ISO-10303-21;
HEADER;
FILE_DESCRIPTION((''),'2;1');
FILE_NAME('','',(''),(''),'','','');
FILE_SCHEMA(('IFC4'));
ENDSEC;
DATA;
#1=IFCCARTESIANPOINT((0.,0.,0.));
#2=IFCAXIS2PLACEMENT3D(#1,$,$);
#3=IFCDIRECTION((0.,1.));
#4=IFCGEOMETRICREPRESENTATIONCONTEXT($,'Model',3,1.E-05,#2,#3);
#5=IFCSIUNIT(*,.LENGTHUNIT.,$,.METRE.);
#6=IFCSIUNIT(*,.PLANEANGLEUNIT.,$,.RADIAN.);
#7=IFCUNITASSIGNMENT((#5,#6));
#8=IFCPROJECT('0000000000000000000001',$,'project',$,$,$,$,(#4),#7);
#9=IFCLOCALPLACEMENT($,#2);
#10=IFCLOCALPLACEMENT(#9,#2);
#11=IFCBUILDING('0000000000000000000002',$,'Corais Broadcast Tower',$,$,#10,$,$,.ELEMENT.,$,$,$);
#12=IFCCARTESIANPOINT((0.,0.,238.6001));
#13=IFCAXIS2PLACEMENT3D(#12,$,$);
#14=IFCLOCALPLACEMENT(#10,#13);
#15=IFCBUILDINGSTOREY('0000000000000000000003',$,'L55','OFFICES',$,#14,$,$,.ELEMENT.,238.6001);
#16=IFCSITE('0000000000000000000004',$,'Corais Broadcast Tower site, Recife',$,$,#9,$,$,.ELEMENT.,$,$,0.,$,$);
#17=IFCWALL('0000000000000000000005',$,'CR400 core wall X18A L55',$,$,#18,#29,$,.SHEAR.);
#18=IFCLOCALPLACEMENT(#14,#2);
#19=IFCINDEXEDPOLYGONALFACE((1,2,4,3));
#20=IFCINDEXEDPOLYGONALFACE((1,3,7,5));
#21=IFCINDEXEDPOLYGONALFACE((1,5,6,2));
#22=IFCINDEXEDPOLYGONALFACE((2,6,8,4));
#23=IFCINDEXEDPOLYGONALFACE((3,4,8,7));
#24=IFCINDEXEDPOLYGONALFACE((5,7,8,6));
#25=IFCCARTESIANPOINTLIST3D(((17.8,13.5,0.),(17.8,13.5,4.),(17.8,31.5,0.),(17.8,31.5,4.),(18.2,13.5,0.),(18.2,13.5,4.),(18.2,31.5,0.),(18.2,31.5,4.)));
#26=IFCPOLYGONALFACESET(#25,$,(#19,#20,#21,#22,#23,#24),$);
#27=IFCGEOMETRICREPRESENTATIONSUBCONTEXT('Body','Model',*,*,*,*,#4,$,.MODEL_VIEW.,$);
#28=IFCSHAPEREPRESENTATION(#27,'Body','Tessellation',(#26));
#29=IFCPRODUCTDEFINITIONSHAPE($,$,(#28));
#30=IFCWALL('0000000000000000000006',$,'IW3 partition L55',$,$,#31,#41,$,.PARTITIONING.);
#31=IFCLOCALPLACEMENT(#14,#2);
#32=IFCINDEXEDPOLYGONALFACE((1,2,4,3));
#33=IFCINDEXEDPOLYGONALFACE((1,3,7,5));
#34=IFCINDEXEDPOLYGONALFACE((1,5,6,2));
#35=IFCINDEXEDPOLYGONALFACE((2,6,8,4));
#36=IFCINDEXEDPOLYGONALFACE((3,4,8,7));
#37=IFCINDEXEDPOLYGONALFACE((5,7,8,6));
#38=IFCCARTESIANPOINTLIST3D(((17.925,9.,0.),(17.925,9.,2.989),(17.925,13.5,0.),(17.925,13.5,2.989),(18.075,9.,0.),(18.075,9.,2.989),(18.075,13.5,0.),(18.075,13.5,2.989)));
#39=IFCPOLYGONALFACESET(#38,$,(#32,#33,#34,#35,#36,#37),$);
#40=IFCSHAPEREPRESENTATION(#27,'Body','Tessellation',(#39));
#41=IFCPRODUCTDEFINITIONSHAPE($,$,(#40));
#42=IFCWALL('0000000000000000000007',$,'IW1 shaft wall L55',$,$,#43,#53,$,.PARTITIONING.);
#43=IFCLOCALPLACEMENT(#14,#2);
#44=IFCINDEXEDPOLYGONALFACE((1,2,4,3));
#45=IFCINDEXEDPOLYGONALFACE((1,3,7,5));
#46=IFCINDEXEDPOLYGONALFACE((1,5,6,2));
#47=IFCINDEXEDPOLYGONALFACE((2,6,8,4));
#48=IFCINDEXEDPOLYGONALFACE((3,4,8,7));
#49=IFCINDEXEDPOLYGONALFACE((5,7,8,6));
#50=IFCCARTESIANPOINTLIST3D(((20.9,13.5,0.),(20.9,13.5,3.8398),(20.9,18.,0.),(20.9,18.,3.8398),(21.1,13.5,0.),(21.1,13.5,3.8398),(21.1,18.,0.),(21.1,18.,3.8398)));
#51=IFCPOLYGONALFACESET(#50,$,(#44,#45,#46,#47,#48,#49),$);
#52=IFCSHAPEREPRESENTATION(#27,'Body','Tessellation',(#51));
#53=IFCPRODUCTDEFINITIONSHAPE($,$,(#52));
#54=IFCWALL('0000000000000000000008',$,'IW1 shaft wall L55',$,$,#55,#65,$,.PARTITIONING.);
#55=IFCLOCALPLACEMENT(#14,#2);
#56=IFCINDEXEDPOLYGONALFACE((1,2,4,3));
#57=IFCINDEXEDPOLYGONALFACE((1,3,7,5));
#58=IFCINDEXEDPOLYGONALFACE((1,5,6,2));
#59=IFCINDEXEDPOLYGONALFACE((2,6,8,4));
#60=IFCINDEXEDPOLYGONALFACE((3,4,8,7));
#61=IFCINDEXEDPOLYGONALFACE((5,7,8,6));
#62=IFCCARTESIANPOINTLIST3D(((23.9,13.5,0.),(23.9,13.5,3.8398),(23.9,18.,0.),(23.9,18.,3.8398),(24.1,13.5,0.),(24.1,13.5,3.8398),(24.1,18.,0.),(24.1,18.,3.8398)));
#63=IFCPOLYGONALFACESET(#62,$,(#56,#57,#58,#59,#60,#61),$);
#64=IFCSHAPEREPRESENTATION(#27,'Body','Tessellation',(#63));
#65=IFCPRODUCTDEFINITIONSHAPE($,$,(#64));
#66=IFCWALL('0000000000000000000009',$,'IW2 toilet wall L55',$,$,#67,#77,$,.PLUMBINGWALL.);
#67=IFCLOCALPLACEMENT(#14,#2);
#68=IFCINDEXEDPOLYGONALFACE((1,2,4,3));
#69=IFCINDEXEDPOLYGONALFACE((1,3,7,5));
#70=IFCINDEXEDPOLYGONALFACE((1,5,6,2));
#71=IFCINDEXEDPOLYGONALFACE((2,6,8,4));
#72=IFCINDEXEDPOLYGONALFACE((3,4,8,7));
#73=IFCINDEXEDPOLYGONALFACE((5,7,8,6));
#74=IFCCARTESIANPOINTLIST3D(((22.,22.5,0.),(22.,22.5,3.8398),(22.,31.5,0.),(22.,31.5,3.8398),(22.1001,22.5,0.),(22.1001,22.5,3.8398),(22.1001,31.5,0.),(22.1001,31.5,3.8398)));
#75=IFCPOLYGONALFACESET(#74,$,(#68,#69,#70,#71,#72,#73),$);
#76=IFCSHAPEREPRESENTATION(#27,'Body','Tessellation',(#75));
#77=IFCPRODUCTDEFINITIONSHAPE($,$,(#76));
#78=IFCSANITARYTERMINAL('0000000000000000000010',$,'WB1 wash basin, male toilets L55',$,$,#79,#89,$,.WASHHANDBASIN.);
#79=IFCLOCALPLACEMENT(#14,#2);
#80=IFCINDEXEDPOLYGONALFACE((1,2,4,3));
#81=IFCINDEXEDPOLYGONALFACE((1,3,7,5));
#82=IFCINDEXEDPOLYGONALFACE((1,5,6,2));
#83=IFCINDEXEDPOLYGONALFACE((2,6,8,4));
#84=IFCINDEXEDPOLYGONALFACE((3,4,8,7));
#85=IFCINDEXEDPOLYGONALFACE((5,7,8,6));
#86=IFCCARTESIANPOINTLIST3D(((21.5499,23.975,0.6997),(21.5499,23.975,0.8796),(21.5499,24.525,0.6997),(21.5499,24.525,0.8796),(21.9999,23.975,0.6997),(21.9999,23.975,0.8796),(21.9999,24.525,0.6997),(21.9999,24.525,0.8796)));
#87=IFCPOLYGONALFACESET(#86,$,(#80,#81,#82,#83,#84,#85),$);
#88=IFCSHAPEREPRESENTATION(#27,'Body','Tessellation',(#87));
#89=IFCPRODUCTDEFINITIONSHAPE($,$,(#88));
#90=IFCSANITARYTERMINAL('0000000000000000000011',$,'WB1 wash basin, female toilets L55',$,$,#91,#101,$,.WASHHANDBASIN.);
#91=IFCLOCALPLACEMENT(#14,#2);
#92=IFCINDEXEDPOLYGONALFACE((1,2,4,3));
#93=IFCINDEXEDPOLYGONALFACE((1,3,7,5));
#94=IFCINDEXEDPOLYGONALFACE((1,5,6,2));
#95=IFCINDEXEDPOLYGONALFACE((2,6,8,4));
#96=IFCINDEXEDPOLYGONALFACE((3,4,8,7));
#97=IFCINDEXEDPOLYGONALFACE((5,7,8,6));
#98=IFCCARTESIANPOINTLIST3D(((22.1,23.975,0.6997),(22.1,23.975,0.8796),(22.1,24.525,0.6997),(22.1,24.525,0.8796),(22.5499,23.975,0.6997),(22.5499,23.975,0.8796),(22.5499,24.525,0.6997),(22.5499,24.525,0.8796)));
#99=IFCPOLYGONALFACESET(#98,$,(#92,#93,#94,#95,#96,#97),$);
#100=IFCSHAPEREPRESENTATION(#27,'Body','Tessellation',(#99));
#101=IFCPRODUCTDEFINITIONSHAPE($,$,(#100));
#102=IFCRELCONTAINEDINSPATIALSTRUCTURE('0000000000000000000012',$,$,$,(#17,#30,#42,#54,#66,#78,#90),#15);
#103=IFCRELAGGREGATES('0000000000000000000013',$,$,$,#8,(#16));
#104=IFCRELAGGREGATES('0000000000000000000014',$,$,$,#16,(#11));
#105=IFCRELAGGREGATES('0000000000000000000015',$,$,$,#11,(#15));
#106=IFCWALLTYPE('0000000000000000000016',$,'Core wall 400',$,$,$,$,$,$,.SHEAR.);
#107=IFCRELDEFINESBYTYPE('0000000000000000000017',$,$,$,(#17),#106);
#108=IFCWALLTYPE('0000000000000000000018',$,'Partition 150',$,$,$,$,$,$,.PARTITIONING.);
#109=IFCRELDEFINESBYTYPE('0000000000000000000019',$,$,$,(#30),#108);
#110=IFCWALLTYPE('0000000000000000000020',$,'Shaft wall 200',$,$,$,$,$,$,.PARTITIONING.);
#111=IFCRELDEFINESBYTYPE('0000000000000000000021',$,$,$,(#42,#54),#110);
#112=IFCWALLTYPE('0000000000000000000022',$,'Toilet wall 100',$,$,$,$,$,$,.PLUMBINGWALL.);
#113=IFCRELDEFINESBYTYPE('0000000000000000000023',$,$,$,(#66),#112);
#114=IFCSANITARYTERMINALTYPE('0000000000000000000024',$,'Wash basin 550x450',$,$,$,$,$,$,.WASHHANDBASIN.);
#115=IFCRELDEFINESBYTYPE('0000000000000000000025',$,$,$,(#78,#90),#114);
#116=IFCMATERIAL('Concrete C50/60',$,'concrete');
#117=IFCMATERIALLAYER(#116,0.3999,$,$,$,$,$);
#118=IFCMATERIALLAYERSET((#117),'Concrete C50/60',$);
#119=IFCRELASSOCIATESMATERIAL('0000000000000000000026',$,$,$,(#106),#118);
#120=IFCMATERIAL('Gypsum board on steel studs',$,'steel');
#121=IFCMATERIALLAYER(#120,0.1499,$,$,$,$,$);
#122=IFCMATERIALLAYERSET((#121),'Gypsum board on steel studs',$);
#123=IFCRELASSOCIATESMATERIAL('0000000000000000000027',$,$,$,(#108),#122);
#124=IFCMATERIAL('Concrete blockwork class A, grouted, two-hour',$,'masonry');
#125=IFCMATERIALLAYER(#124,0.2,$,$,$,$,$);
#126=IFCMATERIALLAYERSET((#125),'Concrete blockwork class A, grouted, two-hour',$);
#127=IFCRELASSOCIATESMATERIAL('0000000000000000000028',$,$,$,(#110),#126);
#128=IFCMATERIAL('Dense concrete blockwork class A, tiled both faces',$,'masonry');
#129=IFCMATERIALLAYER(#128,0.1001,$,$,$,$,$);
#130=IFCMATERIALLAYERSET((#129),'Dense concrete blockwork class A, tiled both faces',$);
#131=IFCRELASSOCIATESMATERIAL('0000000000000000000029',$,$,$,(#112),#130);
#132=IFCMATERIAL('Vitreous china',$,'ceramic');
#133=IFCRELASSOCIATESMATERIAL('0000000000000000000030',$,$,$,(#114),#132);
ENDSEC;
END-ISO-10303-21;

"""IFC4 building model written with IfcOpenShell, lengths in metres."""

from ifc_helpers import new_model, si_unit, direction, frame, frame_2d, origin, origin_2d, place, context, subcontext, project, spatial, rectangle, extrude, material, layer, layer_set, type_object, element, save


model = new_model("IFC4")

# Units and contexts
model_context = context("Model", 3, precision=1e-05, world=origin(), true_north=direction((0.0, 1.0)))
body_context = subcontext(model_context, "Body", "Model", "MODEL_VIEW")
ifc_project = project(units=[si_unit("LENGTHUNIT", "METRE"), si_unit("PLANEANGLEUNIT", "RADIAN")], contexts=[model_context])

# Site, building, storey
site_placement = place(None, origin())
site = spatial("IfcSite", under=ifc_project, at=site_placement, Name="Corais Broadcast Tower site, Recife", CompositionType="ELEMENT", RefElevation=0.0)
building_placement = place(site_placement, origin())
building = spatial("IfcBuilding", under=site, at=building_placement, Name="Corais Broadcast Tower", CompositionType="ELEMENT")
storey_placement = place(building_placement, frame((0.0, 0.0, 238.6001)))
storey = spatial("IfcBuildingStorey", under=building, at=storey_placement, Name="L55", Description="OFFICES", CompositionType="ELEMENT", Elevation=238.6001)

# Walls
ifc_material_1 = material(Name="Concrete C50/60", Category="concrete")
ifc_layer_1 = layer(ifc_material_1, 0.3999)
ifc_layer_set_1 = layer_set([ifc_layer_1], Name="Concrete C50/60")
wall_type_1 = type_object("IfcWallType", Name="Core wall 400", PredefinedType="SHEAR", material=ifc_layer_set_1)
wall_1_placement = place(storey_placement, frame((18.0, 13.5, 0.0), z_axis=(0.0, 0.0, 1.0), x_axis=(0.0, 1.0, 0.0)))
element("IfcWall", 1, at=wall_1_placement, inside=storey, type_object=wall_type_1, Name="CR400 core wall X18A L55", PredefinedType="SHEAR", context=body_context, shape_type="SweptSolid", body=[
    extrude(rectangle(XDim=18.0, YDim=0.3999, at=frame_2d((9.0, 0.0))), origin(), (0.0, 0.0, 1.0), 4.0),
])
ifc_material_2 = material(Name="Gypsum board on steel studs", Category="steel")
ifc_layer_2 = layer(ifc_material_2, 0.1499)
ifc_layer_set_2 = layer_set([ifc_layer_2], Name="Gypsum board on steel studs")
wall_type_2 = type_object("IfcWallType", Name="Partition 150", PredefinedType="PARTITIONING", material=ifc_layer_set_2)
wall_2_placement = place(storey_placement, frame((18.0, 13.5, 0.0), z_axis=(0.0, 0.0, 1.0), x_axis=(0.0, -1.0, 0.0)))
element("IfcWall", 2, at=wall_2_placement, inside=storey, type_object=wall_type_2, Name="IW3 partition L55", PredefinedType="PARTITIONING", context=body_context, shape_type="SweptSolid", body=[
    extrude(rectangle(XDim=4.5, YDim=0.1499, at=frame_2d((2.25, 0.0))), origin(), (0.0, 0.0, 1.0), 2.989),
])
ifc_material_3 = material(Name="Concrete blockwork class A, grouted, two-hour", Category="masonry")
ifc_layer_3 = layer(ifc_material_3, 0.2)
ifc_layer_set_3 = layer_set([ifc_layer_3], Name="Concrete blockwork class A, grouted, two-hour")
wall_type_3 = type_object("IfcWallType", Name="Shaft wall 200", PredefinedType="PARTITIONING", material=ifc_layer_set_3)
for number, where, z_axis, x_axis, name in (
    (3, (21.0, 13.5, 0.0), (0.0, 0.0, 1.0), (0.0, 1.0, 0.0), "IW1 shaft wall L55"),
    (4, (24.0, 13.5, 0.0), (0.0, 0.0, 1.0), (0.0, 1.0, 0.0), "IW1 shaft wall L55"),
):
    element("IfcWall", number, at=place(storey_placement, frame(where, z_axis=z_axis, x_axis=x_axis)), inside=storey, type_object=wall_type_3, Name=name, PredefinedType="PARTITIONING", context=body_context, shape_type="SweptSolid", body=[
        extrude(rectangle(XDim=4.5, YDim=0.2, at=frame_2d((2.25, 0.0))), origin(), (0.0, 0.0, 1.0), 3.8398),
    ])
ifc_material_4 = material(Name="Dense concrete blockwork class A, tiled both faces", Category="masonry")
ifc_layer_4 = layer(ifc_material_4, 0.1001)
ifc_layer_set_4 = layer_set([ifc_layer_4], Name="Dense concrete blockwork class A, tiled both faces")
wall_type_4 = type_object("IfcWallType", Name="Toilet wall 100", PredefinedType="PLUMBINGWALL", material=ifc_layer_set_4)
wall_3_placement = place(storey_placement, frame((22.05, 22.5, 0.0), z_axis=(0.0, 0.0, 1.0), x_axis=(0.0, 1.0, 0.0)))
element("IfcWall", 5, at=wall_3_placement, inside=storey, type_object=wall_type_4, Name="IW2 toilet wall L55", PredefinedType="PLUMBINGWALL", context=body_context, shape_type="SweptSolid", body=[
    extrude(rectangle(XDim=9.0, YDim=0.1001, at=frame_2d((4.5, 0.0))), origin(), (0.0, 0.0, 1.0), 3.8398),
])

# Sanitary terminals
ifc_material_5 = material(Name="Vitreous china", Category="ceramic")
sanitary_terminal_type = type_object("IfcSanitaryTerminalType", Name="Wash basin 550x450", PredefinedType="WASHHANDBASIN", material=ifc_material_5)
for number, where, z_axis, x_axis, name in (
    (6, (21.7749, 24.25, 0.6997), (0.0, 0.0, 1.0), (1.0, 0.0, 0.0), "WB1 wash basin, male toilets L55"),
    (7, (22.325, 24.25, 0.6997), (0.0, 0.0, 1.0), (1.0, 0.0, 0.0), "WB1 wash basin, female toilets L55"),
):
    element("IfcSanitaryTerminal", number, at=place(storey_placement, frame(where, z_axis=z_axis, x_axis=x_axis)), inside=storey, type_object=sanitary_terminal_type, Name=name, PredefinedType="WASHHANDBASIN", context=body_context, shape_type="SweptSolid", body=[
        extrude(rectangle(XDim=0.45, YDim=0.55, at=origin_2d()), origin(), (0.0, 0.0, 1.0), 0.1799),
    ])

save(model, "model.ifc")
